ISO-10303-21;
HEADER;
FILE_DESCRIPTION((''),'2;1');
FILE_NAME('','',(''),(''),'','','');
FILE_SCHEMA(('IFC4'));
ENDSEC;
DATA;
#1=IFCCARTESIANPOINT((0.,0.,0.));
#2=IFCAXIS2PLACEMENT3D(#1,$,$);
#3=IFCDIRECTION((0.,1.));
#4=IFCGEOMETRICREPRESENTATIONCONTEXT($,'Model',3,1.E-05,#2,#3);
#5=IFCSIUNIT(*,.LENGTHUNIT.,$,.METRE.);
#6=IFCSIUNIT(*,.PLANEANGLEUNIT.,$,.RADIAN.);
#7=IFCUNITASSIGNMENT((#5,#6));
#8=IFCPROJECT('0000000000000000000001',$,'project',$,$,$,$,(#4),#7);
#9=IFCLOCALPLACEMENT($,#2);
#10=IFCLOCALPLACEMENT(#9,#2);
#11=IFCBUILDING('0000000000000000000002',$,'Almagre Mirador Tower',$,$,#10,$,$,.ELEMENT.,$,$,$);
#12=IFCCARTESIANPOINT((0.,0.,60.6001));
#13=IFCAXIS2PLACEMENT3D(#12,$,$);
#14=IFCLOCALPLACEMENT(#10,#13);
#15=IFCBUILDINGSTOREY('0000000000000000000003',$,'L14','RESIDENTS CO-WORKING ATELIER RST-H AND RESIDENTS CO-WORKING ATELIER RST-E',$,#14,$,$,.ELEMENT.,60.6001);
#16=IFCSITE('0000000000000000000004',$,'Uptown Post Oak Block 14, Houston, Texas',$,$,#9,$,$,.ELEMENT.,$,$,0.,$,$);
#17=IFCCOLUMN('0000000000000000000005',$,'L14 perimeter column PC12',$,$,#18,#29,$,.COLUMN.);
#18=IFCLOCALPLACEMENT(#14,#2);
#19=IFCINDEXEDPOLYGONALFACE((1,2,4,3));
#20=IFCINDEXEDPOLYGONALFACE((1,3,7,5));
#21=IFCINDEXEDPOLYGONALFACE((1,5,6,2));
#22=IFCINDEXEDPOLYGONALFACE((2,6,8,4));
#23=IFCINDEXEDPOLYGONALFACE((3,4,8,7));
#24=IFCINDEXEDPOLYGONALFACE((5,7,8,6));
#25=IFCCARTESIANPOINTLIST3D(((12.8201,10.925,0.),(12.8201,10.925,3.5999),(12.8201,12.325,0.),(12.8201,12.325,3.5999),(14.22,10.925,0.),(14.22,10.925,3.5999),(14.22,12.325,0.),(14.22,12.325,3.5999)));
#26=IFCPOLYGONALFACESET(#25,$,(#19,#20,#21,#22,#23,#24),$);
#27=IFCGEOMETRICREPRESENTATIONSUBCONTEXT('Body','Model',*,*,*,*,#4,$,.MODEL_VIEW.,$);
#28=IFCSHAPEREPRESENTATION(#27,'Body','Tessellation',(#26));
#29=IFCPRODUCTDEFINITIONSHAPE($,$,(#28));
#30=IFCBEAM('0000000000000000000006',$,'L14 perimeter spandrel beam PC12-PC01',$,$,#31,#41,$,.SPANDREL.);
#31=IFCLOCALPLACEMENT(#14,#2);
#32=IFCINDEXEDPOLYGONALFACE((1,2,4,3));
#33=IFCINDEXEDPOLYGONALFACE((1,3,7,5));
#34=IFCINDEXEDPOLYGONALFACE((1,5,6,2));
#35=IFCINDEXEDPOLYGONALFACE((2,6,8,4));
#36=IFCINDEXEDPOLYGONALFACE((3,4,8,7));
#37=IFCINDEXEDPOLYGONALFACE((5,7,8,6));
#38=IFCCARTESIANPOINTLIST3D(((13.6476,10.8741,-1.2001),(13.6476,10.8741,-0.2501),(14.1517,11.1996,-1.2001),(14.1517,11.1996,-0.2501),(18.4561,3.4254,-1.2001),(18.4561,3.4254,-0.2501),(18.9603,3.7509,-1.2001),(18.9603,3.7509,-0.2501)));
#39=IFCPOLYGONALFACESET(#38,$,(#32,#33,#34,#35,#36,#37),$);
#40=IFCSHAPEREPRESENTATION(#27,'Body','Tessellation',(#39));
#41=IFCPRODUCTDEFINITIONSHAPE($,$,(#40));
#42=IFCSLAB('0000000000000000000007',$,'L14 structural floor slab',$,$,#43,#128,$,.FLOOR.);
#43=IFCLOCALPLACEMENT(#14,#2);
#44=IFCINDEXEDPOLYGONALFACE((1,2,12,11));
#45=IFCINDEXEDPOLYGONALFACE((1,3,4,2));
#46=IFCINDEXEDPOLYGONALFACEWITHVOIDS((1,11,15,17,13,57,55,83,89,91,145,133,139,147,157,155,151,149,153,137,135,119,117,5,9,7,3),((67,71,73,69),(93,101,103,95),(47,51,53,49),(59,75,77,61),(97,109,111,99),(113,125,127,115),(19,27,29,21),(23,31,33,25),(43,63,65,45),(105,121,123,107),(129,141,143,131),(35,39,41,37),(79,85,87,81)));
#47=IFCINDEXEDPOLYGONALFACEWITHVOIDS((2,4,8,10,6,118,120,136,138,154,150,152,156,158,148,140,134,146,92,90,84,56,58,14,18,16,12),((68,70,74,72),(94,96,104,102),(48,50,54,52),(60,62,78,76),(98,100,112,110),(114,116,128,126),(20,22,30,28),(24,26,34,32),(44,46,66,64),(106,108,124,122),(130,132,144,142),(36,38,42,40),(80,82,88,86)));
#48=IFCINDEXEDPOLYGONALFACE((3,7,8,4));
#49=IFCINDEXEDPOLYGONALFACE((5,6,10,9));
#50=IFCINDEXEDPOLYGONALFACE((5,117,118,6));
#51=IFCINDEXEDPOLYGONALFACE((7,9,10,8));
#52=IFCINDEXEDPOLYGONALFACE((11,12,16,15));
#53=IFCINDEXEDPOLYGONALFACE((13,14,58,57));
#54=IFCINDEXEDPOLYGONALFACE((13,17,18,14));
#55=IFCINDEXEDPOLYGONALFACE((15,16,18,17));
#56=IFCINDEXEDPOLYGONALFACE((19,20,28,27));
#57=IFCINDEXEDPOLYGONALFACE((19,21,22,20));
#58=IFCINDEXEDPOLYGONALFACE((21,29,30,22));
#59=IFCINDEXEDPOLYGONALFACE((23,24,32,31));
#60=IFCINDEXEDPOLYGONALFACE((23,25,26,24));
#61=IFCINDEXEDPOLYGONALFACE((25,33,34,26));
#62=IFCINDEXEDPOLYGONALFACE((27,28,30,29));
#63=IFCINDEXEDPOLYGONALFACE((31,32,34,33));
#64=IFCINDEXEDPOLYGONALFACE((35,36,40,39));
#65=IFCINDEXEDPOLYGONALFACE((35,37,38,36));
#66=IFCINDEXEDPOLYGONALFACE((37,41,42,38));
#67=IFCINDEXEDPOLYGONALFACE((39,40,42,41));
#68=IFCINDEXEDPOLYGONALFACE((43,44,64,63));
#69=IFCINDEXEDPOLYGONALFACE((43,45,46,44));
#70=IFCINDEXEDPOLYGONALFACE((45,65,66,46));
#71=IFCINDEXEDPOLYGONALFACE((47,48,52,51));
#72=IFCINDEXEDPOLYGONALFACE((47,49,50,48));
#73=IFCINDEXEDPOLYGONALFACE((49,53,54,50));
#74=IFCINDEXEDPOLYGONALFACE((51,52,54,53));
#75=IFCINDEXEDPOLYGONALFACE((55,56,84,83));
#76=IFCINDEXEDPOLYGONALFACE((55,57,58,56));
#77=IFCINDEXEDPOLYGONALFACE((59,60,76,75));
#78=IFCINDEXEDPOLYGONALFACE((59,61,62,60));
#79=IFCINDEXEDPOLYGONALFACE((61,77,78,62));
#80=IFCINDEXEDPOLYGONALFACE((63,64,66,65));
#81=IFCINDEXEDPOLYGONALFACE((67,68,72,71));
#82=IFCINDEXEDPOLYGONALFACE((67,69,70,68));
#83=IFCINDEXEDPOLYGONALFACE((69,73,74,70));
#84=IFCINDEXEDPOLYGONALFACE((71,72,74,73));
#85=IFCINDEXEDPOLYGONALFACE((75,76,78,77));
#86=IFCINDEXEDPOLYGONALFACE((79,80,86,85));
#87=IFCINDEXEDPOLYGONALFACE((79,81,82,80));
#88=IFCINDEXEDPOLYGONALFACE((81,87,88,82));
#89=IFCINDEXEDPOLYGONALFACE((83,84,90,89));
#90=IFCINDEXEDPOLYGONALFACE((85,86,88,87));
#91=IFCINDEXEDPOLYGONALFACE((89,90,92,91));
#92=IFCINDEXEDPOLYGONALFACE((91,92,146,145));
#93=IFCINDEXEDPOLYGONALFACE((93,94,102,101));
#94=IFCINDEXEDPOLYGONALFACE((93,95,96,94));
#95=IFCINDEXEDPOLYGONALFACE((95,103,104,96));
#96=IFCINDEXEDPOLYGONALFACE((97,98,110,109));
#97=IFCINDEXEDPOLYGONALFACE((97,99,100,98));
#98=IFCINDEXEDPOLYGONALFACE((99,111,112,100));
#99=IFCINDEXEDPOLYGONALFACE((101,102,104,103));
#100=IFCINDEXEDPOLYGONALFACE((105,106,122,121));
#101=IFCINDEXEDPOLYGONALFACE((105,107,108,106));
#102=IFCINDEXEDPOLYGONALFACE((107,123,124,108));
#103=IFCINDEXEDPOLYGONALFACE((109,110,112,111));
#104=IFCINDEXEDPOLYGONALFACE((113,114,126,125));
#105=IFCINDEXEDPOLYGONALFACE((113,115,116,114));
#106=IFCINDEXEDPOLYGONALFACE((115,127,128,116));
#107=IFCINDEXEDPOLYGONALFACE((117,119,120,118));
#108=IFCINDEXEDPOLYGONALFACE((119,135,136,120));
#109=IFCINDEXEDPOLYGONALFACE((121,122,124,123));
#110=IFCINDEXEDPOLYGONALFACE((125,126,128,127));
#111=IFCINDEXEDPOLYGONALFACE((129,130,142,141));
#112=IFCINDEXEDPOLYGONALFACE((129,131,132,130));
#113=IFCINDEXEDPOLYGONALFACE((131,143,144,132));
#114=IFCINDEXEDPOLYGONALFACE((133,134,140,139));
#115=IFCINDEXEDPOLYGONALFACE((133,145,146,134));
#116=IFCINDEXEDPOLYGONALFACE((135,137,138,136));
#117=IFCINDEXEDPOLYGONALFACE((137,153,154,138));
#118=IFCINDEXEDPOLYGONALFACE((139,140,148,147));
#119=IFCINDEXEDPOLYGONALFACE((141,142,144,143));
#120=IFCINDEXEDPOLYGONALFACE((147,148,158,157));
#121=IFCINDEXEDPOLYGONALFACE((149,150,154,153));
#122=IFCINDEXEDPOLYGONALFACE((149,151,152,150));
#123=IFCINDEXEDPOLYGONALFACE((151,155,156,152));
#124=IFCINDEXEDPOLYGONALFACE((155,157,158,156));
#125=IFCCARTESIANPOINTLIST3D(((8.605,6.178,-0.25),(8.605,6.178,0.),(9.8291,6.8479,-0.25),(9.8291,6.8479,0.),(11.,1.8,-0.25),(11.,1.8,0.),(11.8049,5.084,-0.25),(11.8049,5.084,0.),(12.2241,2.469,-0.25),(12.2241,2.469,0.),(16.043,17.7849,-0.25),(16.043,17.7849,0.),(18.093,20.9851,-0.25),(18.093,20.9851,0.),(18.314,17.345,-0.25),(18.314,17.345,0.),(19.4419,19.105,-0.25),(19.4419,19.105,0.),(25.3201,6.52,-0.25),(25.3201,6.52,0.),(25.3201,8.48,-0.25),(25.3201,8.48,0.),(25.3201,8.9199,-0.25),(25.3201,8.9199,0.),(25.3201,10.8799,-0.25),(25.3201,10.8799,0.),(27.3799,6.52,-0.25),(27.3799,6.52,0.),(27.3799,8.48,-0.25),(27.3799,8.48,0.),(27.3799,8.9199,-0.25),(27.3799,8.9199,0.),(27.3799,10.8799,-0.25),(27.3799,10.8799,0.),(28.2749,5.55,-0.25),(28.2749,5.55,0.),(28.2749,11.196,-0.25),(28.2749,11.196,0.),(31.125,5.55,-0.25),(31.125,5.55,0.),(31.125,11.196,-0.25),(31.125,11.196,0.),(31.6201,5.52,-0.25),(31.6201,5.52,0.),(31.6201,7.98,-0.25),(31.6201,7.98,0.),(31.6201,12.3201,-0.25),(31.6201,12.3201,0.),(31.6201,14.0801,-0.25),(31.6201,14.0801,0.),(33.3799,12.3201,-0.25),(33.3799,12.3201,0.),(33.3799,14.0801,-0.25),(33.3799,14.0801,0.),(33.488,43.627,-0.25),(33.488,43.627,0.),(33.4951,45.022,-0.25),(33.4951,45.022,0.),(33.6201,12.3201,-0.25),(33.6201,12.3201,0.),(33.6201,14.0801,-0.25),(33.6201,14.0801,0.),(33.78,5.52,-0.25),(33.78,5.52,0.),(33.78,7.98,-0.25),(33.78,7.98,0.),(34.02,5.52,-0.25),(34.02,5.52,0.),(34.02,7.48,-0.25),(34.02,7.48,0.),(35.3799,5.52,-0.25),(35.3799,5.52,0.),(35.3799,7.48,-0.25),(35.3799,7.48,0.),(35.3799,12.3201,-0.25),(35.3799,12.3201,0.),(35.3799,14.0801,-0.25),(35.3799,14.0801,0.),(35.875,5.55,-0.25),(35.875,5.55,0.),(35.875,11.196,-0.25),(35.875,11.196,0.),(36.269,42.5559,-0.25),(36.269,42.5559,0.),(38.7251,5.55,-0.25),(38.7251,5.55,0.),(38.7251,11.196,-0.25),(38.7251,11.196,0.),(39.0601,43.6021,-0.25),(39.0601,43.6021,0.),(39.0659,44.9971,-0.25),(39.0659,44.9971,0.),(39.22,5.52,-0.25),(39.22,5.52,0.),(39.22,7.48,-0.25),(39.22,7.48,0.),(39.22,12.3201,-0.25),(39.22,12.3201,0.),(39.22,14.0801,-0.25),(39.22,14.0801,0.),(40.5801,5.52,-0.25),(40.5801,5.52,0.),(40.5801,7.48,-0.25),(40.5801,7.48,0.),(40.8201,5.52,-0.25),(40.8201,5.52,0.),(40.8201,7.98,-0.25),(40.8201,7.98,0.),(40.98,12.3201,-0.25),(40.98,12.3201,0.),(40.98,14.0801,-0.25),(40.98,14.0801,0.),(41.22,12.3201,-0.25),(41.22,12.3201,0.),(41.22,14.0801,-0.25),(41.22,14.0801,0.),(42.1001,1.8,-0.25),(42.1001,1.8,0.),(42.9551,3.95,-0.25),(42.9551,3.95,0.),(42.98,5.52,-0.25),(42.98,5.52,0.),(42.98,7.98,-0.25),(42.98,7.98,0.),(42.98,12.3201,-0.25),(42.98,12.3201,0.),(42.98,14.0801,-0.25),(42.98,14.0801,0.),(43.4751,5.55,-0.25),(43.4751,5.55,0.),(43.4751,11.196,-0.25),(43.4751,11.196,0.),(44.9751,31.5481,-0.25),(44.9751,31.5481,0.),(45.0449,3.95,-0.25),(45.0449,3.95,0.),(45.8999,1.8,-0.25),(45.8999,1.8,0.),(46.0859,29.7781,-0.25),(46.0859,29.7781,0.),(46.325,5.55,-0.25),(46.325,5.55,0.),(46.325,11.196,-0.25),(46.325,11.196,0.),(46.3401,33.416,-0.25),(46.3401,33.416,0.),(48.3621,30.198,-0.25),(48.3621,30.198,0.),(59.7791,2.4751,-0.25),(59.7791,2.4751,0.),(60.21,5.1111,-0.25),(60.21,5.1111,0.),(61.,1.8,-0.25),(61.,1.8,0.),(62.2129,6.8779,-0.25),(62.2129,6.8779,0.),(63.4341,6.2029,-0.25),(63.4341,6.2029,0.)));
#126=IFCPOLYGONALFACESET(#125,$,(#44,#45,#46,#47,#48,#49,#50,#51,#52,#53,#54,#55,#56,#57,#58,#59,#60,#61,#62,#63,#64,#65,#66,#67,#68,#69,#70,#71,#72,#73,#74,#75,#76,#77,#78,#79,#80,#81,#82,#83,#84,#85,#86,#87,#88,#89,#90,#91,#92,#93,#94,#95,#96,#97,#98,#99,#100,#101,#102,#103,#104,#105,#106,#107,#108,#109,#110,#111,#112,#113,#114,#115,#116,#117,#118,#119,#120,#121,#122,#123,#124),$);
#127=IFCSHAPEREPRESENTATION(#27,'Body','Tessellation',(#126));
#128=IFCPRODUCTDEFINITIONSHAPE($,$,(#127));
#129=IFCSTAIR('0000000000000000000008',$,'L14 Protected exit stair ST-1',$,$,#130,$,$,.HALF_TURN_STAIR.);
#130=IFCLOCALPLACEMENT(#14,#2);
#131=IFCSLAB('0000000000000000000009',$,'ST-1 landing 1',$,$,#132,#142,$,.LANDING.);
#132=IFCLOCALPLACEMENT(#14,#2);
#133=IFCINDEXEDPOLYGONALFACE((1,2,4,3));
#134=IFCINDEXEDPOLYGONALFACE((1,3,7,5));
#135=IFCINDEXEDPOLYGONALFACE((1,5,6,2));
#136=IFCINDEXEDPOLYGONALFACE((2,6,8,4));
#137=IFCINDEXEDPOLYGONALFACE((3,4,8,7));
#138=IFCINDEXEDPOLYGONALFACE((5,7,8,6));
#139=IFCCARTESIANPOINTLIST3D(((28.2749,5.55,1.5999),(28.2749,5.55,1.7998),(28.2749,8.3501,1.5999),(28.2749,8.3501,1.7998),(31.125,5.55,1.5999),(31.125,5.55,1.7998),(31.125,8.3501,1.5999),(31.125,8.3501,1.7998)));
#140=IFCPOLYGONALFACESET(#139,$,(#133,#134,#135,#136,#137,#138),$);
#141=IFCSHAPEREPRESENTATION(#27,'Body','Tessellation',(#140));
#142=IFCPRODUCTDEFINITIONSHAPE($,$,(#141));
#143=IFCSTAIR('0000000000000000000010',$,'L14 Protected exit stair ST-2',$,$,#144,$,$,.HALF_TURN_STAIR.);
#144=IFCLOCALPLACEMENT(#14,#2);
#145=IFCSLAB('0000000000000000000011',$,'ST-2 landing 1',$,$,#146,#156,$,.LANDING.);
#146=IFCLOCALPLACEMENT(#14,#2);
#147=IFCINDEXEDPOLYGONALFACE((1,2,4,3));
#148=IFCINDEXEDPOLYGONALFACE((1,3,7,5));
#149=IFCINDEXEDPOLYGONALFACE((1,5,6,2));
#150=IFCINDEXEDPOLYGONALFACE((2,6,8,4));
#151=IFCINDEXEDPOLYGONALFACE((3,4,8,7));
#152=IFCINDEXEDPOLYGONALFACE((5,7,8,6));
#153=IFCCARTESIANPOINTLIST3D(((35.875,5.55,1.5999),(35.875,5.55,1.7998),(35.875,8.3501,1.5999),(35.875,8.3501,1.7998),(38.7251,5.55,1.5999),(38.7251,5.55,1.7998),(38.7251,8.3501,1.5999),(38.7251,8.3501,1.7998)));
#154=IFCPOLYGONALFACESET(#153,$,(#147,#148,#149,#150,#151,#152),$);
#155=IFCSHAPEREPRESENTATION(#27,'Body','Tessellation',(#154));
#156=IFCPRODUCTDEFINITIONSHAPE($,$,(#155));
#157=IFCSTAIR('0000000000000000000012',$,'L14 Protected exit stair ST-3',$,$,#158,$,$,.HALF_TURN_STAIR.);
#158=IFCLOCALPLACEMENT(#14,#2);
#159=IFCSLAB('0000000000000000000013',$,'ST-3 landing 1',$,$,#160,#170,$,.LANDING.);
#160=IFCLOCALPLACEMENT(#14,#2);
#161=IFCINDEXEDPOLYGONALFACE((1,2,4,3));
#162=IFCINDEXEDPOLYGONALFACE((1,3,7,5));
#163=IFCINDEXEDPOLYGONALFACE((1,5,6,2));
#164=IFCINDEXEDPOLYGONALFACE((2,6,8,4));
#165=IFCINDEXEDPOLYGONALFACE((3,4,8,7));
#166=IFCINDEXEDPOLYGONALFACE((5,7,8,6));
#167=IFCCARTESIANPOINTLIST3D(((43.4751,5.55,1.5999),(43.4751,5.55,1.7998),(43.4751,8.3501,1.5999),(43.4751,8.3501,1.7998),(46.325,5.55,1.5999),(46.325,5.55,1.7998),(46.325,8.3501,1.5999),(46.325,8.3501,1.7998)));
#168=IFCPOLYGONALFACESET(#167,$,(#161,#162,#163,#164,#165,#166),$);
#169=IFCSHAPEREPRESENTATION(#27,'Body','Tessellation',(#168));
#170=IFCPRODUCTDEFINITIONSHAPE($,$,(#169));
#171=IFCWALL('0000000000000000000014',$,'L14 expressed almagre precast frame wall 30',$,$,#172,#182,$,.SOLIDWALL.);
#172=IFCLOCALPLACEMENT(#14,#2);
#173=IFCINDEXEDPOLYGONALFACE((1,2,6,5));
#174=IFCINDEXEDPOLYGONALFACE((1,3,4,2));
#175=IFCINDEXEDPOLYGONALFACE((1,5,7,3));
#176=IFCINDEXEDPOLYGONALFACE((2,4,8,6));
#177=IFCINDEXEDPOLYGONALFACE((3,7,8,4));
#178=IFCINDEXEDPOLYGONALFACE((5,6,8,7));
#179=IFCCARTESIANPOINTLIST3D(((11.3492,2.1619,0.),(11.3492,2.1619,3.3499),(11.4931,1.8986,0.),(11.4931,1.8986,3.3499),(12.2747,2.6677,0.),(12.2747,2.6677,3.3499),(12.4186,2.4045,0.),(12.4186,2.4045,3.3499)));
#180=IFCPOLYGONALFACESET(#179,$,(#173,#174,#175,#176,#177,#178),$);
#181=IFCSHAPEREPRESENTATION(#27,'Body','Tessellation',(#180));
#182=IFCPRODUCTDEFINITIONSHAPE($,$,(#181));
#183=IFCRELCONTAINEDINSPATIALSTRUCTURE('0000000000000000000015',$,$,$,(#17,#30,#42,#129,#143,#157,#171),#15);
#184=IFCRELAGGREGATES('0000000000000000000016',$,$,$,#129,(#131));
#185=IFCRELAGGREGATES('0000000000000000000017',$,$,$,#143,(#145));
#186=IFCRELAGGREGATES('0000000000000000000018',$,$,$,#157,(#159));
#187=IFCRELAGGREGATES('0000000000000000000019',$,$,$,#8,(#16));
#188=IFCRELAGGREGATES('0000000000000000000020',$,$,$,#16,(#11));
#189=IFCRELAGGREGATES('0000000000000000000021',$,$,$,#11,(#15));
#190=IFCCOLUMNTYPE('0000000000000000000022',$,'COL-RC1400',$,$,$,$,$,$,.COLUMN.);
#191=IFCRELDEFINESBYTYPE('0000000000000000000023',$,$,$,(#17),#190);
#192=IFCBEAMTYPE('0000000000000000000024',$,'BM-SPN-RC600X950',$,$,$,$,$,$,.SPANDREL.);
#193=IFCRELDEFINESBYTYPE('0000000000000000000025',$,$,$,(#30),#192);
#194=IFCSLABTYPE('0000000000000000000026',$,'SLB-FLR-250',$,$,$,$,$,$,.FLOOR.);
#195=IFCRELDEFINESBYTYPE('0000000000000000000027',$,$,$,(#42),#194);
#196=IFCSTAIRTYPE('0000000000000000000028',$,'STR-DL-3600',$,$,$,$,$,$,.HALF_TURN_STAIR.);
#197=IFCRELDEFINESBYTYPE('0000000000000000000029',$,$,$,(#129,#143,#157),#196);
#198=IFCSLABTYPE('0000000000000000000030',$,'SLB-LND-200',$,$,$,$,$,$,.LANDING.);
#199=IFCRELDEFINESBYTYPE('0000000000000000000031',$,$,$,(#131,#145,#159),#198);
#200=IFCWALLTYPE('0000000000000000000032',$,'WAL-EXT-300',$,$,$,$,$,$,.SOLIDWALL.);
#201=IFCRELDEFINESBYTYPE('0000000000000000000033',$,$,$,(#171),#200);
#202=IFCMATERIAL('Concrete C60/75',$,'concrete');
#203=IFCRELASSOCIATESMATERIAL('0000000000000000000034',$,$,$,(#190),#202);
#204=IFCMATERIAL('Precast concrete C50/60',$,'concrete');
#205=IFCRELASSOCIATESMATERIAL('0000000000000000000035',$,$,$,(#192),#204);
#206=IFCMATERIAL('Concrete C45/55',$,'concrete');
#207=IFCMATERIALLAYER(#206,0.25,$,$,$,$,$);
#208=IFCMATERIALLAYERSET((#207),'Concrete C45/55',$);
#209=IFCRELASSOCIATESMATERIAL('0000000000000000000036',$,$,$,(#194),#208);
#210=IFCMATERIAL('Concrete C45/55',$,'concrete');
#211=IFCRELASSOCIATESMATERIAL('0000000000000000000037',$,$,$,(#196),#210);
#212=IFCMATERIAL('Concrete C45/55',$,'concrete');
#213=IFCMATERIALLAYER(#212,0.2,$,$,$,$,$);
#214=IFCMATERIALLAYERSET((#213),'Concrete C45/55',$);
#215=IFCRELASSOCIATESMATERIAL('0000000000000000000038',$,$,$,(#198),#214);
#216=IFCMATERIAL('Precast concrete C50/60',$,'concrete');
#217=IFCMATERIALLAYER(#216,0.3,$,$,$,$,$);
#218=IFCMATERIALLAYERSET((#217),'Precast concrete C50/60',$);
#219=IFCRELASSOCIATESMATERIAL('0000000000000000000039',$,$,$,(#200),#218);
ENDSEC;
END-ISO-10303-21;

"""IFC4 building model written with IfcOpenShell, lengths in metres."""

from ifc_helpers import new_model, si_unit, direction, frame, frame_2d, origin, origin_2d, place, context, subcontext, project, spatial, polyline, rectangle, outline, extrude, material, layer, layer_set, material_profile, profile_set, type_object, element, aggregate, save


model = new_model("IFC4")

# Units and contexts
model_context = context("Model", 3, precision=1e-05, world=origin(), true_north=direction((0.0, 1.0)))
body_context = subcontext(model_context, "Body", "Model", "MODEL_VIEW")
ifc_project = project(units=[si_unit("LENGTHUNIT", "METRE"), si_unit("PLANEANGLEUNIT", "RADIAN")], contexts=[model_context])

# Site, building, storey
site_placement = place(None, origin())
site = spatial("IfcSite", under=ifc_project, at=site_placement, Name="Uptown Post Oak Block 14, Houston, Texas", CompositionType="ELEMENT", RefElevation=0.0)
building_placement = place(site_placement, origin())
building = spatial("IfcBuilding", under=site, at=building_placement, Name="Almagre Mirador Tower", CompositionType="ELEMENT")
storey_placement = place(building_placement, frame((0.0, 0.0, 60.6001)))
storey = spatial("IfcBuildingStorey", under=building, at=storey_placement, Name="L14", Description="RESIDENTS CO-WORKING ATELIER RST-H AND RESIDENTS CO-WORKING ATELIER RST-E", CompositionType="ELEMENT", Elevation=60.6001)

# Column
ifc_material_1 = material(Name="Concrete C60/75", Category="concrete")
ifc_material_profile_1 = material_profile(ifc_material_1, rectangle(XDim=1.3999, YDim=1.3999, at=origin_2d()), Name="RC1400X1400")
ifc_profile_set_1 = profile_set([ifc_material_profile_1], Name="Concrete C60/75")
column_type = type_object("IfcColumnType", Name="COL-RC1400", PredefinedType="COLUMN", material=ifc_profile_set_1)
column_placement = place(storey_placement, frame((13.52, 11.625, 0.0), z_axis=(0.0, 0.0, 1.0), x_axis=(1.0, 0.0, 0.0)))
element("IfcColumn", 1, at=column_placement, inside=storey, type_object=column_type, Name="L14 perimeter column PC12", PredefinedType="COLUMN", context=body_context, shape_type="SweptSolid", body=[
    extrude(rectangle(XDim=1.3999, YDim=1.3999, at=origin_2d()), origin(), (0.0, 0.0, 1.0), 3.5999),
])

# Beam
ifc_material_2 = material(Name="Precast concrete C50/60", Category="concrete")
ifc_material_profile_2 = material_profile(ifc_material_2, rectangle(XDim=0.6001, YDim=0.95, at=origin_2d()), Name="RC600X950")
ifc_profile_set_2 = profile_set([ifc_material_profile_2], Name="Precast concrete C50/60")
beam_type = type_object("IfcBeamType", Name="BM-SPN-RC600X950", PredefinedType="SPANDREL", material=ifc_profile_set_2)
beam_placement = place(storey_placement, frame((13.8997, 11.0369, -0.7251), z_axis=(0.542363, -0.840144, 0.0), x_axis=(0.840144, 0.542363, 0.0)))
element("IfcBeam", 2, at=beam_placement, inside=storey, type_object=beam_type, Name="L14 perimeter spandrel beam PC12-PC01", PredefinedType="SPANDREL", context=body_context, shape_type="SweptSolid", body=[
    extrude(rectangle(XDim=0.6001, YDim=0.95, at=origin_2d()), origin(), (0.0, 0.0, 1.0), 8.866),
])

# Slab
ifc_material_3 = material(Name="Concrete C45/55", Category="concrete")
ifc_layer_1 = layer(ifc_material_3, 0.25)
ifc_layer_set_1 = layer_set([ifc_layer_1], Name="Concrete C45/55")
slab_type_1 = type_object("IfcSlabType", Name="SLB-FLR-250", PredefinedType="FLOOR", material=ifc_layer_set_1)
slab_1_placement = place(storey_placement, frame((0.0, 0.0, -0.25)))
element("IfcSlab", 3, at=slab_1_placement, inside=storey, type_object=slab_type_1, Name="L14 structural floor slab", PredefinedType="FLOOR", context=body_context, shape_type="SweptSolid", body=[
    extrude(outline(polyline([(8.605, 6.178), (9.8291, 6.8479), (11.8049, 5.084), (12.2241, 2.469), (11.0, 1.8), (42.1001, 1.8), (42.9551, 3.95), (45.0449, 3.95), (45.8999, 1.8), (61.0, 1.8), (59.7791, 2.4751), (60.21, 5.1111), (62.2129, 6.8779), (63.4341, 6.2029), (48.3621, 30.198), (46.0859, 29.7781), (44.9751, 31.5481), (46.3401, 33.416), (39.0659, 44.9971), (39.0601, 43.6021), (36.269, 42.5559), (33.488, 43.627), (33.4951, 45.022), (18.093, 20.9851), (19.4419, 19.105), (18.314, 17.345), (16.043, 17.7849), (8.605, 6.178)]), holes=[polyline([(43.4751, 11.196), (46.325, 11.196), (46.325, 5.55), (43.4751, 5.55), (43.4751, 11.196)]), polyline([(40.8201, 5.52), (40.8201, 7.98), (42.98, 7.98), (42.98, 5.52), (40.8201, 5.52)]), polyline([(41.22, 12.3201), (41.22, 14.0801), (42.98, 14.0801), (42.98, 12.3201), (41.22, 12.3201)]), polyline([(39.22, 12.3201), (39.22, 14.0801), (40.98, 14.0801), (40.98, 12.3201), (39.22, 12.3201)]), polyline([(39.22, 5.52), (39.22, 7.48), (40.5801, 7.48), (40.5801, 5.52), (39.22, 5.52)]), polyline([(35.875, 11.196), (38.7251, 11.196), (38.7251, 5.55), (35.875, 5.55), (35.875, 11.196)]), polyline([(35.3799, 5.52), (34.02, 5.52), (34.02, 7.48), (35.3799, 7.48), (35.3799, 5.52)]), polyline([(35.3799, 12.3201), (33.6201, 12.3201), (33.6201, 14.0801), (35.3799, 14.0801), (35.3799, 12.3201)]), polyline([(31.6201, 5.52), (31.6201, 7.98), (33.78, 7.98), (33.78, 5.52), (31.6201, 5.52)]), polyline([(31.6201, 12.3201), (31.6201, 14.0801), (33.3799, 14.0801), (33.3799, 12.3201), (31.6201, 12.3201)]), polyline([(28.2749, 5.55), (28.2749, 11.196), (31.125, 11.196), (31.125, 5.55), (28.2749, 5.55)]), polyline([(25.3201, 6.52), (25.3201, 8.48), (27.3799, 8.48), (27.3799, 6.52), (25.3201, 6.52)]), polyline([(25.3201, 8.9199), (25.3201, 10.8799), (27.3799, 10.8799), (27.3799, 8.9199), (25.3201, 8.9199)])]), origin(), (0.0, 0.0, 1.0), 0.25),
])

# Stairs, slabs
ifc_material_4 = material(Name="Concrete C45/55", Category="concrete")
stair_type = type_object("IfcStairType", Name="STR-DL-3600", PredefinedType="HALF_TURN_STAIR", material=ifc_material_4)
stair_1_placement = place(storey_placement, origin())
stair_1 = element("IfcStair", 4, at=stair_1_placement, inside=storey, type_object=stair_type, Name="L14 Protected exit stair ST-1", PredefinedType="HALF_TURN_STAIR")
ifc_material_5 = material(Name="Concrete C45/55", Category="concrete")
ifc_layer_2 = layer(ifc_material_5, 0.2)
ifc_layer_set_2 = layer_set([ifc_layer_2], Name="Concrete C45/55")
slab_type_2 = type_object("IfcSlabType", Name="SLB-LND-200", PredefinedType="LANDING", material=ifc_layer_set_2)
slab_2_placement = place(storey_placement, frame((0.0, 0.0, 1.5999)))
slab_2 = element("IfcSlab", 5, at=slab_2_placement, type_object=slab_type_2, Name="ST-1 landing 1", PredefinedType="LANDING", context=body_context, shape_type="SweptSolid", body=[
    extrude(outline(polyline([(28.2749, 8.3501), (28.2749, 5.55), (31.125, 5.55), (31.125, 8.3501), (28.2749, 8.3501)])), origin(), (0.0, 0.0, 1.0), 0.2),
])
aggregate(stair_1, [slab_2])
stair_2_placement = place(storey_placement, origin())
stair_2 = element("IfcStair", 6, at=stair_2_placement, inside=storey, type_object=stair_type, Name="L14 Protected exit stair ST-2", PredefinedType="HALF_TURN_STAIR")
slab_3_placement = place(storey_placement, frame((0.0, 0.0, 1.5999)))
slab_3 = element("IfcSlab", 7, at=slab_3_placement, type_object=slab_type_2, Name="ST-2 landing 1", PredefinedType="LANDING", context=body_context, shape_type="SweptSolid", body=[
    extrude(outline(polyline([(35.875, 8.3501), (35.875, 5.55), (38.7251, 5.55), (38.7251, 8.3501), (35.875, 8.3501)])), origin(), (0.0, 0.0, 1.0), 0.2),
])
aggregate(stair_2, [slab_3])
stair_3_placement = place(storey_placement, origin())
stair_3 = element("IfcStair", 8, at=stair_3_placement, inside=storey, type_object=stair_type, Name="L14 Protected exit stair ST-3", PredefinedType="HALF_TURN_STAIR")
slab_4_placement = place(storey_placement, frame((0.0, 0.0, 1.5999)))
slab_4 = element("IfcSlab", 9, at=slab_4_placement, type_object=slab_type_2, Name="ST-3 landing 1", PredefinedType="LANDING", context=body_context, shape_type="SweptSolid", body=[
    extrude(outline(polyline([(43.4751, 8.3501), (43.4751, 5.55), (46.325, 5.55), (46.325, 8.3501), (43.4751, 8.3501)])), origin(), (0.0, 0.0, 1.0), 0.2),
])
aggregate(stair_3, [slab_4])

# Wall
ifc_material_6 = material(Name="Precast concrete C50/60", Category="concrete")
ifc_layer_3 = layer(ifc_material_6, 0.3)
ifc_layer_set_3 = layer_set([ifc_layer_3], Name="Precast concrete C50/60")
wall_type_1 = type_object("IfcWallType", Name="WAL-EXT-300", PredefinedType="SOLIDWALL", material=ifc_layer_set_3)
wall_1_placement = place(storey_placement, frame((11.4211, 2.0303, 0.0), z_axis=(0.0, 0.0, 1.0), x_axis=(0.877488, 0.479598, 0.0)))
element("IfcWall", 10, at=wall_1_placement, inside=storey, type_object=wall_type_1, Name="L14 expressed almagre precast frame wall 30", PredefinedType="SOLIDWALL", context=body_context, shape_type="SweptSolid", body=[
    extrude(rectangle(XDim=1.0547, YDim=0.3, at=frame_2d((0.5273, 0.0))), origin(), (0.0, 0.0, 1.0), 3.3499),
])

save(model, "model.ifc")
